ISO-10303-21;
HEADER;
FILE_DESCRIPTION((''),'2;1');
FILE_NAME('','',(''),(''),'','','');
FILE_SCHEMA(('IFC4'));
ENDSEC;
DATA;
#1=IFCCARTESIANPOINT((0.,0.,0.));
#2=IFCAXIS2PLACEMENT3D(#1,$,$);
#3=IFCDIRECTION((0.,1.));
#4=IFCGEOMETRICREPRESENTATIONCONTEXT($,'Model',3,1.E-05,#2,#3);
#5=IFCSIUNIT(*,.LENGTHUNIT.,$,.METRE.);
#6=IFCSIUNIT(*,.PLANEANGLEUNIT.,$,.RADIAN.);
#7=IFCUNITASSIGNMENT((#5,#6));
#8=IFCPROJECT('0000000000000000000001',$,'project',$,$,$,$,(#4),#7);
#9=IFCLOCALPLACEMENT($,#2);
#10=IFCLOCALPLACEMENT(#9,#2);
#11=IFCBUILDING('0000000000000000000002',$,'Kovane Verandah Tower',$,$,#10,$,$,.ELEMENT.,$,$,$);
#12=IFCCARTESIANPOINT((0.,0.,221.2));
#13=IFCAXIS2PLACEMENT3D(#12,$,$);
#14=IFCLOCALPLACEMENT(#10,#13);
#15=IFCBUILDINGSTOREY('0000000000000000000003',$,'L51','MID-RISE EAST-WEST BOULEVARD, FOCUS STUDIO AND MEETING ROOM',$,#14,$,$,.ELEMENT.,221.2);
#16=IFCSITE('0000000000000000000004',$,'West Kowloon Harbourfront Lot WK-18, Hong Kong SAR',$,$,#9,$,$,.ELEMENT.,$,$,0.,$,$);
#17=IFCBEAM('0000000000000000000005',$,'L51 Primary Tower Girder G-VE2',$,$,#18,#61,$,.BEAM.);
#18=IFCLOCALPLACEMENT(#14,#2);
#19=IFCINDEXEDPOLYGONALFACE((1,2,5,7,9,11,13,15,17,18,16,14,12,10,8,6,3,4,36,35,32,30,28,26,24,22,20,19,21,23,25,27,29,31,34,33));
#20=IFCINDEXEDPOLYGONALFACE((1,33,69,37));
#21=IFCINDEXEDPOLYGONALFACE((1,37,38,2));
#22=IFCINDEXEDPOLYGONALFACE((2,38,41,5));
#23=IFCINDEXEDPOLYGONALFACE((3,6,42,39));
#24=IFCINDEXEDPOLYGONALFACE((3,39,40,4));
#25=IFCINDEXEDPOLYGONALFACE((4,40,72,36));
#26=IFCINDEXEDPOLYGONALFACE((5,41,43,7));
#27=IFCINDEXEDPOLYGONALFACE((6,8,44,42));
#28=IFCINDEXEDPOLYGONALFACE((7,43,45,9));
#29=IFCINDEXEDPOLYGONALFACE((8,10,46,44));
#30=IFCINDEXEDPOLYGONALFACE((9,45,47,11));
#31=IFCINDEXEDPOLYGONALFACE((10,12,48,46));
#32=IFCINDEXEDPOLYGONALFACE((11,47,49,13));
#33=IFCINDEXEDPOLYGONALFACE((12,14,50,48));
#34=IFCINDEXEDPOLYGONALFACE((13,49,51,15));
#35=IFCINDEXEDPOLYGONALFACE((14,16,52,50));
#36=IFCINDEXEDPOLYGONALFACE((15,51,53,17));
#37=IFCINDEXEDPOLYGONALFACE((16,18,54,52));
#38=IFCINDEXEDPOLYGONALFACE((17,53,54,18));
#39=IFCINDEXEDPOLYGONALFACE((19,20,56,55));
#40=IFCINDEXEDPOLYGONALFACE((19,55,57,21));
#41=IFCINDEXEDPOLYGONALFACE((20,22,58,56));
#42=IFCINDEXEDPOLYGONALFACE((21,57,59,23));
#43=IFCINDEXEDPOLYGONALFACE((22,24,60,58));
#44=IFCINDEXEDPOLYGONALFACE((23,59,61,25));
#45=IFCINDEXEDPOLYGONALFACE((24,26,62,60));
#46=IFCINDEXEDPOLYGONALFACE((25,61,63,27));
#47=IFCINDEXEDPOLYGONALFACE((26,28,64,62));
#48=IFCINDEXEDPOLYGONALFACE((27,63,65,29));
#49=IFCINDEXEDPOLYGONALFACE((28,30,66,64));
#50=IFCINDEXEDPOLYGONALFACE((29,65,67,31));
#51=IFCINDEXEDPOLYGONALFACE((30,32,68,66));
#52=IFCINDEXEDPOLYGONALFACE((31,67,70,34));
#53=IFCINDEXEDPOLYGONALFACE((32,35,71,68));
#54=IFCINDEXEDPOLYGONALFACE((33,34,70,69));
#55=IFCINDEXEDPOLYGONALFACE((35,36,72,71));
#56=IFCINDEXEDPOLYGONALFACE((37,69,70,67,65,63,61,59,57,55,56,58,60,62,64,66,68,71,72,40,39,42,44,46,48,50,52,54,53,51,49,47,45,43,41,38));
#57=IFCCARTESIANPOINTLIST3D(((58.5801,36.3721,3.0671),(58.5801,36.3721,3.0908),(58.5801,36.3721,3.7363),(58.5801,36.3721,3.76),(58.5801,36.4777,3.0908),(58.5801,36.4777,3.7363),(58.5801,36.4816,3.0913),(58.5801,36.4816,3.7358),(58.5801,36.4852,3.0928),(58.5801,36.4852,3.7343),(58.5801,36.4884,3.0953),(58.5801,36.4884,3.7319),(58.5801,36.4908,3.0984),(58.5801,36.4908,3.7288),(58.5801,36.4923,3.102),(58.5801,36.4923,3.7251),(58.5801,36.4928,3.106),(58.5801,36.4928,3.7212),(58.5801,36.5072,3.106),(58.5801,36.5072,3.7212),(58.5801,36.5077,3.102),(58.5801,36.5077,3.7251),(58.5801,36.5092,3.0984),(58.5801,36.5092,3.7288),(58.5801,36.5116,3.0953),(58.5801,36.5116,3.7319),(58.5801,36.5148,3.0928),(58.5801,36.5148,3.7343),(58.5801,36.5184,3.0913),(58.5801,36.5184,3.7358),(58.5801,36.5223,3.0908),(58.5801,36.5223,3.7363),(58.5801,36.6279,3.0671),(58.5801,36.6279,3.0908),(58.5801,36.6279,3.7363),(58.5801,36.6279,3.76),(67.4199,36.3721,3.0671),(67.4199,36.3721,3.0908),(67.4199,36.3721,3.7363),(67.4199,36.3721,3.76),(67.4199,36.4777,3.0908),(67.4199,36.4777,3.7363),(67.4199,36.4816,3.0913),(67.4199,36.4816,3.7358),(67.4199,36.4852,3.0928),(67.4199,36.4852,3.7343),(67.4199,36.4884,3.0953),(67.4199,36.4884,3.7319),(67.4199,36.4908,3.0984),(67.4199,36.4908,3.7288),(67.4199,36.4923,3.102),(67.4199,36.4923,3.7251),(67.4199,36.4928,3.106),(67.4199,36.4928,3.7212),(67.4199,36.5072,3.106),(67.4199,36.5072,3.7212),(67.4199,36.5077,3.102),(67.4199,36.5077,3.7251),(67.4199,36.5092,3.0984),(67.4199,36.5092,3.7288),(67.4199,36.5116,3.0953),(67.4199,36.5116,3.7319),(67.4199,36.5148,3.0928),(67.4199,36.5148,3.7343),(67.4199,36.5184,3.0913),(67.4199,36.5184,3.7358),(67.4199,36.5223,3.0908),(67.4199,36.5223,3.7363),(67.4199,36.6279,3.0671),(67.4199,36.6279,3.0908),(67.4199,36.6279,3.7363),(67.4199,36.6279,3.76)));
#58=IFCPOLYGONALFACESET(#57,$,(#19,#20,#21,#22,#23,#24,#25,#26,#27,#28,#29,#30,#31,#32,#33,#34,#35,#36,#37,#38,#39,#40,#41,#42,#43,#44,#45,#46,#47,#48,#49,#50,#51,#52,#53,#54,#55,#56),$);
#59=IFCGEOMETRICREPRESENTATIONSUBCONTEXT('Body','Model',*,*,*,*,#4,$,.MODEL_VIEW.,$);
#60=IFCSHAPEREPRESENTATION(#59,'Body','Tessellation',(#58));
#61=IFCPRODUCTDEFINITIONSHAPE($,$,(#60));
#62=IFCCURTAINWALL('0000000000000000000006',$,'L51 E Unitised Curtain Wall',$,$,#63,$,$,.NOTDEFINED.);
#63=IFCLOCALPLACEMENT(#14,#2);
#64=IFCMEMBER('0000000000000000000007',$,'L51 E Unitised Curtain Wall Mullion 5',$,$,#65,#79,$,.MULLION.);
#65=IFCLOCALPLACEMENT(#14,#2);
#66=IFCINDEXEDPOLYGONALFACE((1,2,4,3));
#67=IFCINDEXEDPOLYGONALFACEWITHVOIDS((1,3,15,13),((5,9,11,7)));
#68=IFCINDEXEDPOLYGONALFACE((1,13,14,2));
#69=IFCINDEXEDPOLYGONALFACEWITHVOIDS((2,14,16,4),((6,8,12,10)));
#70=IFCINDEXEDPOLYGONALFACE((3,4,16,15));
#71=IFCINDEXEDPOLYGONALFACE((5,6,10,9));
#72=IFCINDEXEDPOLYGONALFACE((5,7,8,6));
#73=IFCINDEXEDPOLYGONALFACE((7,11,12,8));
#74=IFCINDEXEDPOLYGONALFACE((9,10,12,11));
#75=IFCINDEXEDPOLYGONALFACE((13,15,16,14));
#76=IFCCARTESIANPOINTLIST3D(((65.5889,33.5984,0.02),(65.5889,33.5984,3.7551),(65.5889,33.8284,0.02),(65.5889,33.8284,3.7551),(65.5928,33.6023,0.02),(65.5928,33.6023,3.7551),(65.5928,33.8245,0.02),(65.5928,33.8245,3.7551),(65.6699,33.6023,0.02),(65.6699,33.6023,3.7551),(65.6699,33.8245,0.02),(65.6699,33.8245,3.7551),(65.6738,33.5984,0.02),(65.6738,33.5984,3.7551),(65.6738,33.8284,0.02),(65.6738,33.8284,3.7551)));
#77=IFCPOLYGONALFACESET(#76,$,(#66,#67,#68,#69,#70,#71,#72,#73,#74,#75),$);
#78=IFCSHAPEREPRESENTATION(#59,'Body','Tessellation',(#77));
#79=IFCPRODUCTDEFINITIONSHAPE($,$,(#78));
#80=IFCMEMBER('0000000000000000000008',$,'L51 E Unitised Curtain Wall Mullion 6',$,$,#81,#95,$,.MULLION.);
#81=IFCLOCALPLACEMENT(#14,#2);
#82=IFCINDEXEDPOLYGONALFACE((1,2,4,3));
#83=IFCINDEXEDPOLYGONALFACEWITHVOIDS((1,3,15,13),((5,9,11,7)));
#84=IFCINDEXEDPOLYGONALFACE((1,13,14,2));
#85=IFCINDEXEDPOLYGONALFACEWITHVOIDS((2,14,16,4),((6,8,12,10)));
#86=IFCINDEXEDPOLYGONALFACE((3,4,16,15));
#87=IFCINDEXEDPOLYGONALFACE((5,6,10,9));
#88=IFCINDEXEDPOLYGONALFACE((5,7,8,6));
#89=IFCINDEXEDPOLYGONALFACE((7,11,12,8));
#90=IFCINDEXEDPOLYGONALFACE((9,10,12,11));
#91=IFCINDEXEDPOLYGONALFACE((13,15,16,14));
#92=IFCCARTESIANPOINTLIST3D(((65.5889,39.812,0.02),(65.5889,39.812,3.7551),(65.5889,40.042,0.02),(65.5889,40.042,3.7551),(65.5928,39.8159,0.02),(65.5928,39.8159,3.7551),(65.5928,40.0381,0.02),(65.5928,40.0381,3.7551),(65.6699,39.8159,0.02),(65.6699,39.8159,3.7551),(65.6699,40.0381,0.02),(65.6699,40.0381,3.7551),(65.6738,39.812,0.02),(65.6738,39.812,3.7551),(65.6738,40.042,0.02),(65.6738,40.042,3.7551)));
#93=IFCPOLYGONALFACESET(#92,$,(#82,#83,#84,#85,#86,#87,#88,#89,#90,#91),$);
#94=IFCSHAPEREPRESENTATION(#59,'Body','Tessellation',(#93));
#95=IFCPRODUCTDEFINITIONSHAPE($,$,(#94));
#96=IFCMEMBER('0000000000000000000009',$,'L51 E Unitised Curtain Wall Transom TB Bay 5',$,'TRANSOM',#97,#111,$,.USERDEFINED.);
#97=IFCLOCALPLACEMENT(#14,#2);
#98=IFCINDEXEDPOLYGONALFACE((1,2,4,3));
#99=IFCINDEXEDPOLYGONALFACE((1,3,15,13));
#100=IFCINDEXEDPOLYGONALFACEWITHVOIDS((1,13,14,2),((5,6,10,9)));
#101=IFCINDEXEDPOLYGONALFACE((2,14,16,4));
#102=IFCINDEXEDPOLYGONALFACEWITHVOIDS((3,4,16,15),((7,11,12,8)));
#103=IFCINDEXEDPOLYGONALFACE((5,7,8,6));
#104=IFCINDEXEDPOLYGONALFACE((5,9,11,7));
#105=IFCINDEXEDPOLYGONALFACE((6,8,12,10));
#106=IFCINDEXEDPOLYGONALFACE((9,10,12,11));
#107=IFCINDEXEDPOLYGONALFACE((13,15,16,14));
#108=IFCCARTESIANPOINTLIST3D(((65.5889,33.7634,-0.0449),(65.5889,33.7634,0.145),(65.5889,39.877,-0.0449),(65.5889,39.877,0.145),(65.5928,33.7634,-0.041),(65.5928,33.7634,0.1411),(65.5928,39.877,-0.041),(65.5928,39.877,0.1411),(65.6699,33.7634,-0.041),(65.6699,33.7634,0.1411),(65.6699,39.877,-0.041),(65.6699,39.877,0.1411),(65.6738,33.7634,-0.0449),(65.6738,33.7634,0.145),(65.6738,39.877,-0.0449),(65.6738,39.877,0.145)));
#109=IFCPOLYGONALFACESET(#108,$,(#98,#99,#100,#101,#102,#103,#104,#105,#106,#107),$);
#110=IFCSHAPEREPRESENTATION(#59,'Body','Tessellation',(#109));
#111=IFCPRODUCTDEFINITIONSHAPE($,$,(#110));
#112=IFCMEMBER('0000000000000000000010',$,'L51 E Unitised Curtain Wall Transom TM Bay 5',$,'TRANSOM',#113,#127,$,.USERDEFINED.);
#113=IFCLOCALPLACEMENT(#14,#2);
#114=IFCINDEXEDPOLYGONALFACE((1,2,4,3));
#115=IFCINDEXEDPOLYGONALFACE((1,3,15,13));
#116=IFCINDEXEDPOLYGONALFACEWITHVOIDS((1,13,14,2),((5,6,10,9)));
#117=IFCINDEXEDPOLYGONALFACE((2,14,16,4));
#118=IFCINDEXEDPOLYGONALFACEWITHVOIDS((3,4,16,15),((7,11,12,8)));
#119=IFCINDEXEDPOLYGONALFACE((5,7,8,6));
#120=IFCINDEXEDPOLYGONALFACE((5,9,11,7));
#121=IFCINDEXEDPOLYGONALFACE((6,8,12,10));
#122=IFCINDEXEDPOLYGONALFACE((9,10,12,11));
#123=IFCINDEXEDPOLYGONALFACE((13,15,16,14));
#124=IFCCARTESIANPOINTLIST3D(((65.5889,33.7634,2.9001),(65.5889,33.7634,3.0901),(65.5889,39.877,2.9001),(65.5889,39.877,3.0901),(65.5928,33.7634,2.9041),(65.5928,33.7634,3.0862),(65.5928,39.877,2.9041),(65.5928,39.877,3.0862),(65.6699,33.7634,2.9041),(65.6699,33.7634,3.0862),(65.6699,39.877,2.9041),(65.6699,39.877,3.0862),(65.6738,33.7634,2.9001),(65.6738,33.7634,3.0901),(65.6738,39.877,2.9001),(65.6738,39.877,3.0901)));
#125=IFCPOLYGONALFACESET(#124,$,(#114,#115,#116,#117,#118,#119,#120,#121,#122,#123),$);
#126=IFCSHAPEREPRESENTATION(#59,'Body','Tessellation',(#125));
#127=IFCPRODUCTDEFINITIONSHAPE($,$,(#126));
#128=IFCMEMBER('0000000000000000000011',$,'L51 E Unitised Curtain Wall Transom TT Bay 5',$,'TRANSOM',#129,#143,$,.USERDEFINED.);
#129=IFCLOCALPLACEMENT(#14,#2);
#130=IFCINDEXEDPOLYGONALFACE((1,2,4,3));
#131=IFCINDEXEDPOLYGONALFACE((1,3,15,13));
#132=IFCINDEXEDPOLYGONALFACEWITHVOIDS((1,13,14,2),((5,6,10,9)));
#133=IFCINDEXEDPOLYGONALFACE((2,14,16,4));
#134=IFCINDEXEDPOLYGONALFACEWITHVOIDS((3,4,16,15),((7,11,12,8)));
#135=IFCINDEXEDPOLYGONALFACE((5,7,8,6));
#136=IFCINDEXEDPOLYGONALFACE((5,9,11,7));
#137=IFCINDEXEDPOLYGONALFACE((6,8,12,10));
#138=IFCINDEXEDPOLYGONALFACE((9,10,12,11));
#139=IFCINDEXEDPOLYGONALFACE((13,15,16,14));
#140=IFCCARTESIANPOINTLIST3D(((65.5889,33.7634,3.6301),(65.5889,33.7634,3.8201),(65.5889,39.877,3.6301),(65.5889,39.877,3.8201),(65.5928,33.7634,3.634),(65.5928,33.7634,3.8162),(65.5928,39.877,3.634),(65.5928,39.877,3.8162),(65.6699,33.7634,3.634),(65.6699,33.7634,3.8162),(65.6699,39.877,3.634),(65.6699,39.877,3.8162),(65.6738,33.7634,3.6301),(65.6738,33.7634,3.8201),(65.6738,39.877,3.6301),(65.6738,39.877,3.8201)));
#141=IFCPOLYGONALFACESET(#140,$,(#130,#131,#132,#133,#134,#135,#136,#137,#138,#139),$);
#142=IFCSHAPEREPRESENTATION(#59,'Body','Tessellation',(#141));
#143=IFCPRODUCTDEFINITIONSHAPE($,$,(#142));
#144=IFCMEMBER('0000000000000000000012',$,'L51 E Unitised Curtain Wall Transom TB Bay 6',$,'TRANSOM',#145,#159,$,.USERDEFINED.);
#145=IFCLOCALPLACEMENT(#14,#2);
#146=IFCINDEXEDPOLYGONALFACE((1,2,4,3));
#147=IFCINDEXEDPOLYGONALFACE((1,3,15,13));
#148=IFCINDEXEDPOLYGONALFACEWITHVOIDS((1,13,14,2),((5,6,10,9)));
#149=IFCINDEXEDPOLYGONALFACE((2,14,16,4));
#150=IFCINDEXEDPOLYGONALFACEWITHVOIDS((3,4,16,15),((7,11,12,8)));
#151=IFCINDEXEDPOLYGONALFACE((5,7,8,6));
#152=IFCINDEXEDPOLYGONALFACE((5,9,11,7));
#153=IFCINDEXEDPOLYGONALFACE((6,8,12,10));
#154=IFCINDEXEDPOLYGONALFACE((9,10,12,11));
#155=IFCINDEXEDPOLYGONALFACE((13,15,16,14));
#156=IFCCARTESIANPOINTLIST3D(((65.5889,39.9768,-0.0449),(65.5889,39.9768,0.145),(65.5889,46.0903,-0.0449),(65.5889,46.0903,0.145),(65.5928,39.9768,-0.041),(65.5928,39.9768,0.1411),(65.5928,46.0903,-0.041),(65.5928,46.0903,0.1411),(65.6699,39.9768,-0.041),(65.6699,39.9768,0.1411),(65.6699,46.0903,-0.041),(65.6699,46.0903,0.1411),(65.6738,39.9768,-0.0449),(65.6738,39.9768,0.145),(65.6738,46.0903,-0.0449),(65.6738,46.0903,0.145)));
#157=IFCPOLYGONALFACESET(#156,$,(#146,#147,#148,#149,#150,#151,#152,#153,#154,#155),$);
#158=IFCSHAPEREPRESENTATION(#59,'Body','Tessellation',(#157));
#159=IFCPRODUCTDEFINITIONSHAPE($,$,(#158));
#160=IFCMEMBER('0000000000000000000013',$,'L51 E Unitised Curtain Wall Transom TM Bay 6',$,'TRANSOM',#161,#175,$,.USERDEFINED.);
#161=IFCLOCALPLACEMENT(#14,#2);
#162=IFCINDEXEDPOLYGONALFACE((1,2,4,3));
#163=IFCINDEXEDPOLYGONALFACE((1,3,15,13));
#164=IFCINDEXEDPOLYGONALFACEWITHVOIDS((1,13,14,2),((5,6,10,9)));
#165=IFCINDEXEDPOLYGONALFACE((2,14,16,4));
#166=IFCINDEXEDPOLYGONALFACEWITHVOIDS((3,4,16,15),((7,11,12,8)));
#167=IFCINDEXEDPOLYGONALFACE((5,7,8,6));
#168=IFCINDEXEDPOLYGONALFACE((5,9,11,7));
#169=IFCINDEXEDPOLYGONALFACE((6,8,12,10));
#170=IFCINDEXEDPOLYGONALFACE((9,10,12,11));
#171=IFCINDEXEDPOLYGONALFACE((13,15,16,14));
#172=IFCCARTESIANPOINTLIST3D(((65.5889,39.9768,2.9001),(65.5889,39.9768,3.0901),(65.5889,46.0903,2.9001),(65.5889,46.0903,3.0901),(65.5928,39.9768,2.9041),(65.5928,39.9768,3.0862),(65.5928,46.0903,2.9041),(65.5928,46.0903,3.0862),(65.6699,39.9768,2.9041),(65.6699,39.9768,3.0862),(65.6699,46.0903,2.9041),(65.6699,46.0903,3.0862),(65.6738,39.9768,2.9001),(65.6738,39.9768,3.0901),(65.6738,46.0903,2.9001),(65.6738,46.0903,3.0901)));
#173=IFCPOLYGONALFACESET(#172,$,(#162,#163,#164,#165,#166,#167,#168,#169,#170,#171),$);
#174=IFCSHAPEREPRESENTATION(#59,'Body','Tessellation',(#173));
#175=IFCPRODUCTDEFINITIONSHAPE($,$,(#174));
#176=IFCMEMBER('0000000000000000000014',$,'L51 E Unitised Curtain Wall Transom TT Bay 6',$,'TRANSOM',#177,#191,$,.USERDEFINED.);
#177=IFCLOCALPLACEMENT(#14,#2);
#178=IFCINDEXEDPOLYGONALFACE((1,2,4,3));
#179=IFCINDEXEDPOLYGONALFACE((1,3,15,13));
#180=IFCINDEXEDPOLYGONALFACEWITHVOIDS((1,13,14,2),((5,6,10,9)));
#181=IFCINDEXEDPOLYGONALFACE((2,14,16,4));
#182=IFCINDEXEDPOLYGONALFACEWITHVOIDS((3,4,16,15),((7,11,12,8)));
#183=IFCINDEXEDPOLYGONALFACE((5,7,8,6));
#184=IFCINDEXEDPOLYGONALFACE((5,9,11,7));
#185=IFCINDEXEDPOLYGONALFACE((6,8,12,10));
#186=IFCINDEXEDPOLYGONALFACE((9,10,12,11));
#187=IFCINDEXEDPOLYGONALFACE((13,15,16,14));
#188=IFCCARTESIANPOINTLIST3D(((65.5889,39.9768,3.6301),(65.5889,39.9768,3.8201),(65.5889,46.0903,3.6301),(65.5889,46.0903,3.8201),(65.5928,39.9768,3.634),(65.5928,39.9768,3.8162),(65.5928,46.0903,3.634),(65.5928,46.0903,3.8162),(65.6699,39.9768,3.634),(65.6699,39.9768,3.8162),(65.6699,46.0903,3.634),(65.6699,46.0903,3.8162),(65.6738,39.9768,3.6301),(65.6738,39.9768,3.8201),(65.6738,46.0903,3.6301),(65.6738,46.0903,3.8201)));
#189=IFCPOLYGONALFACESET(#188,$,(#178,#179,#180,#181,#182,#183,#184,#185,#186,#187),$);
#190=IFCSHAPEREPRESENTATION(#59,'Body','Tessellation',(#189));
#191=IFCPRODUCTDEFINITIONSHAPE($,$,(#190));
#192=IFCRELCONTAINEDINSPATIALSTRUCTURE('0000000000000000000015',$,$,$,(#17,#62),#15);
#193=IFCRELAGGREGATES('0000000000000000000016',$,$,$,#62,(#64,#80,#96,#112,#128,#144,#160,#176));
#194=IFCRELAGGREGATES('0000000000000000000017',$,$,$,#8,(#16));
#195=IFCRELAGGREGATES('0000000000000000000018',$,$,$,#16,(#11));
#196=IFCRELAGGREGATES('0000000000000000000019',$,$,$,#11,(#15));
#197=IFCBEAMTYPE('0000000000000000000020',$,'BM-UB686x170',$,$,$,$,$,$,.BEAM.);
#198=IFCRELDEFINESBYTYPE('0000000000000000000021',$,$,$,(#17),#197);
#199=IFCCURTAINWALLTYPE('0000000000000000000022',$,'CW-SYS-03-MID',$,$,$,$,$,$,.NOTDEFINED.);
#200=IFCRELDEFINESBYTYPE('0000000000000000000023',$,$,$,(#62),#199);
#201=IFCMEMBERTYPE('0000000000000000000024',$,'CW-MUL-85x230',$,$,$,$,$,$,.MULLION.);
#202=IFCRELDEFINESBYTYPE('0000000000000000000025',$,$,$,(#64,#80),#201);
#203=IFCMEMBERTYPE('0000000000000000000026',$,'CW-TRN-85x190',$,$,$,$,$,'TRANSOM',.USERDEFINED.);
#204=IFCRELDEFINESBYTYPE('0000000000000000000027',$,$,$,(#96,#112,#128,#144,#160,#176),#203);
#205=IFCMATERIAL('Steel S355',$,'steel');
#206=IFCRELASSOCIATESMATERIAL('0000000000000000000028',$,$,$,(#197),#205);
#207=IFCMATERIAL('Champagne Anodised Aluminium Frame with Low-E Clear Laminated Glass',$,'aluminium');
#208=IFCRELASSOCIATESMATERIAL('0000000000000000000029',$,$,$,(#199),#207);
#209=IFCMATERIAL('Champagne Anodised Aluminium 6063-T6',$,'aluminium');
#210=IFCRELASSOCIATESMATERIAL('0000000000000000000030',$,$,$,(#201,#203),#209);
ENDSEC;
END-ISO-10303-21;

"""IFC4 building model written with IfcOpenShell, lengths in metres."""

from ifc_helpers import new_model, si_unit, direction, frame, origin, origin_2d, place, context, subcontext, project, spatial, hollow_rectangle, i_section, extrude, material, material_profile, profile_set, type_object, element, aggregate, save


model = new_model("IFC4")

# Units and contexts
model_context = context("Model", 3, precision=1e-05, world=origin(), true_north=direction((0.0, 1.0)))
body_context = subcontext(model_context, "Body", "Model", "MODEL_VIEW")
ifc_project = project(units=[si_unit("LENGTHUNIT", "METRE"), si_unit("PLANEANGLEUNIT", "RADIAN")], contexts=[model_context])

# Site, building, storey
site_placement = place(None, origin())
site = spatial("IfcSite", under=ifc_project, at=site_placement, Name="West Kowloon Harbourfront Lot WK-18, Hong Kong SAR", CompositionType="ELEMENT", RefElevation=0.0)
building_placement = place(site_placement, origin())
building = spatial("IfcBuilding", under=site, at=building_placement, Name="Kovane Verandah Tower", CompositionType="ELEMENT")
storey_placement = place(building_placement, frame((0.0, 0.0, 221.2)))
storey = spatial("IfcBuildingStorey", under=building, at=storey_placement, Name="L51", Description="MID-RISE EAST-WEST BOULEVARD, FOCUS STUDIO AND MEETING ROOM", CompositionType="ELEMENT", Elevation=221.2)

# Beam
ifc_material_1 = material(Name="Steel S355", Category="steel")
ifc_material_profile_1 = material_profile(ifc_material_1, i_section(OverallWidth=0.2559, OverallDepth=0.6929, WebThickness=0.0144, FlangeThickness=0.0237, FilletRadius=0.0151, at=origin_2d()), Name="UB686x254x170")
ifc_profile_set_1 = profile_set([ifc_material_profile_1], Name="Steel S355")
beam_type_1 = type_object("IfcBeamType", Name="BM-UB686x170", PredefinedType="BEAM", material=ifc_profile_set_1)
beam_1_placement = place(storey_placement, frame((58.5801, 36.5, 3.4136), z_axis=(1.0, 0.0, 0.0), x_axis=(0.0, 1.0, 0.0)))
element("IfcBeam", 1, at=beam_1_placement, inside=storey, type_object=beam_type_1, Name="L51 Primary Tower Girder G-VE2", PredefinedType="BEAM", context=body_context, shape_type="SweptSolid", body=[
    extrude(i_section(OverallWidth=0.2559, OverallDepth=0.6929, WebThickness=0.0144, FlangeThickness=0.0237, FilletRadius=0.0151, at=origin_2d()), origin(), (0.0, 0.0, 1.0), 8.8398),
])

# Curtain wall, members
ifc_material_2 = material(Name="Champagne Anodised Aluminium Frame with Low-E Clear Laminated Glass", Category="aluminium")
curtain_wall_type = type_object("IfcCurtainWallType", Name="CW-SYS-03-MID", PredefinedType="NOTDEFINED", material=ifc_material_2)
curtain_wall_placement = place(storey_placement, origin())
curtain_wall = element("IfcCurtainWall", 2, at=curtain_wall_placement, inside=storey, type_object=curtain_wall_type, Name="L51 E Unitised Curtain Wall", PredefinedType="NOTDEFINED")
ifc_material_3 = material(Name="Champagne Anodised Aluminium 6063-T6", Category="aluminium")
ifc_material_profile_2 = material_profile(ifc_material_3, hollow_rectangle(XDim=0.085, YDim=0.23, WallThickness=0.0039, at=origin_2d()), Name="AL85x230x4")
ifc_profile_set_2 = profile_set([ifc_material_profile_2], Name="Champagne Anodised Aluminium 6063-T6")
member_type_1 = type_object("IfcMemberType", Name="CW-MUL-85x230", PredefinedType="MULLION", material=ifc_profile_set_2)
member_1_placement = place(storey_placement, frame((65.6313, 33.7134, 0.02), z_axis=(0.0, 0.0, 1.0), x_axis=(1.0, 0.0, 0.0)))
member_1 = element("IfcMember", 3, at=member_1_placement, type_object=member_type_1, Name="L51 E Unitised Curtain Wall Mullion 5", PredefinedType="MULLION", context=body_context, shape_type="SweptSolid", body=[
    extrude(hollow_rectangle(XDim=0.085, YDim=0.23, WallThickness=0.0039, at=origin_2d()), origin(), (0.0, 0.0, 1.0), 3.7351),
])
member_2_placement = place(storey_placement, frame((65.6313, 39.927, 0.02), z_axis=(0.0, 0.0, 1.0), x_axis=(1.0, 0.0, 0.0)))
member_2 = element("IfcMember", 4, at=member_2_placement, type_object=member_type_1, Name="L51 E Unitised Curtain Wall Mullion 6", PredefinedType="MULLION", context=body_context, shape_type="SweptSolid", body=[
    extrude(hollow_rectangle(XDim=0.085, YDim=0.23, WallThickness=0.0039, at=origin_2d()), origin(), (0.0, 0.0, 1.0), 3.7351),
])
ifc_material_profile_3 = material_profile(ifc_material_3, hollow_rectangle(XDim=0.085, YDim=0.1899, WallThickness=0.0039, at=origin_2d()), Name="AL85x190x4")
ifc_profile_set_3 = profile_set([ifc_material_profile_3], Name="Champagne Anodised Aluminium 6063-T6")
member_type_2 = type_object("IfcMemberType", Name="CW-TRN-85x190", ElementType="TRANSOM", PredefinedType="USERDEFINED", material=ifc_profile_set_3)
member_3_placement = place(storey_placement, frame((65.6313, 33.7634, 0.05), z_axis=(0.0, 1.0, 0.0), x_axis=(-1.0, 0.0, 0.0)))
member_3 = element("IfcMember", 5, at=member_3_placement, type_object=member_type_2, Name="L51 E Unitised Curtain Wall Transom TB Bay 5", ObjectType="TRANSOM", PredefinedType="USERDEFINED", context=body_context, shape_type="SweptSolid", body=[
    extrude(hollow_rectangle(XDim=0.085, YDim=0.1899, WallThickness=0.0039, at=origin_2d()), origin(), (0.0, 0.0, 1.0), 6.1135),
])
member_4_placement = place(storey_placement, frame((65.6313, 33.7634, 2.9951), z_axis=(0.0, 1.0, 0.0), x_axis=(-1.0, 0.0, 0.0)))
member_4 = element("IfcMember", 6, at=member_4_placement, type_object=member_type_2, Name="L51 E Unitised Curtain Wall Transom TM Bay 5", ObjectType="TRANSOM", PredefinedType="USERDEFINED", context=body_context, shape_type="SweptSolid", body=[
    extrude(hollow_rectangle(XDim=0.085, YDim=0.1899, WallThickness=0.0039, at=origin_2d()), origin(), (0.0, 0.0, 1.0), 6.1135),
])
member_5_placement = place(storey_placement, frame((65.6313, 33.7634, 3.7251), z_axis=(0.0, 1.0, 0.0), x_axis=(-1.0, 0.0, 0.0)))
member_5 = element("IfcMember", 7, at=member_5_placement, type_object=member_type_2, Name="L51 E Unitised Curtain Wall Transom TT Bay 5", ObjectType="TRANSOM", PredefinedType="USERDEFINED", context=body_context, shape_type="SweptSolid", body=[
    extrude(hollow_rectangle(XDim=0.085, YDim=0.1899, WallThickness=0.0039, at=origin_2d()), origin(), (0.0, 0.0, 1.0), 6.1135),
])
member_6_placement = place(storey_placement, frame((65.6313, 39.9768, 0.05), z_axis=(0.0, 1.0, 0.0), x_axis=(-1.0, 0.0, 0.0)))
member_6 = element("IfcMember", 8, at=member_6_placement, type_object=member_type_2, Name="L51 E Unitised Curtain Wall Transom TB Bay 6", ObjectType="TRANSOM", PredefinedType="USERDEFINED", context=body_context, shape_type="SweptSolid", body=[
    extrude(hollow_rectangle(XDim=0.085, YDim=0.1899, WallThickness=0.0039, at=origin_2d()), origin(), (0.0, 0.0, 1.0), 6.1135),
])
member_7_placement = place(storey_placement, frame((65.6313, 39.9768, 2.9951), z_axis=(0.0, 1.0, 0.0), x_axis=(-1.0, 0.0, 0.0)))
member_7 = element("IfcMember", 9, at=member_7_placement, type_object=member_type_2, Name="L51 E Unitised Curtain Wall Transom TM Bay 6", ObjectType="TRANSOM", PredefinedType="USERDEFINED", context=body_context, shape_type="SweptSolid", body=[
    extrude(hollow_rectangle(XDim=0.085, YDim=0.1899, WallThickness=0.0039, at=origin_2d()), origin(), (0.0, 0.0, 1.0), 6.1135),
])
member_8_placement = place(storey_placement, frame((65.6313, 39.9768, 3.7251), z_axis=(0.0, 1.0, 0.0), x_axis=(-1.0, 0.0, 0.0)))
member_8 = element("IfcMember", 10, at=member_8_placement, type_object=member_type_2, Name="L51 E Unitised Curtain Wall Transom TT Bay 6", ObjectType="TRANSOM", PredefinedType="USERDEFINED", context=body_context, shape_type="SweptSolid", body=[
    extrude(hollow_rectangle(XDim=0.085, YDim=0.1899, WallThickness=0.0039, at=origin_2d()), origin(), (0.0, 0.0, 1.0), 6.1135),
])

aggregate(curtain_wall, [member_1, member_2, member_3, member_4, member_5, member_6, member_7, member_8])

save(model, "model.ifc")
